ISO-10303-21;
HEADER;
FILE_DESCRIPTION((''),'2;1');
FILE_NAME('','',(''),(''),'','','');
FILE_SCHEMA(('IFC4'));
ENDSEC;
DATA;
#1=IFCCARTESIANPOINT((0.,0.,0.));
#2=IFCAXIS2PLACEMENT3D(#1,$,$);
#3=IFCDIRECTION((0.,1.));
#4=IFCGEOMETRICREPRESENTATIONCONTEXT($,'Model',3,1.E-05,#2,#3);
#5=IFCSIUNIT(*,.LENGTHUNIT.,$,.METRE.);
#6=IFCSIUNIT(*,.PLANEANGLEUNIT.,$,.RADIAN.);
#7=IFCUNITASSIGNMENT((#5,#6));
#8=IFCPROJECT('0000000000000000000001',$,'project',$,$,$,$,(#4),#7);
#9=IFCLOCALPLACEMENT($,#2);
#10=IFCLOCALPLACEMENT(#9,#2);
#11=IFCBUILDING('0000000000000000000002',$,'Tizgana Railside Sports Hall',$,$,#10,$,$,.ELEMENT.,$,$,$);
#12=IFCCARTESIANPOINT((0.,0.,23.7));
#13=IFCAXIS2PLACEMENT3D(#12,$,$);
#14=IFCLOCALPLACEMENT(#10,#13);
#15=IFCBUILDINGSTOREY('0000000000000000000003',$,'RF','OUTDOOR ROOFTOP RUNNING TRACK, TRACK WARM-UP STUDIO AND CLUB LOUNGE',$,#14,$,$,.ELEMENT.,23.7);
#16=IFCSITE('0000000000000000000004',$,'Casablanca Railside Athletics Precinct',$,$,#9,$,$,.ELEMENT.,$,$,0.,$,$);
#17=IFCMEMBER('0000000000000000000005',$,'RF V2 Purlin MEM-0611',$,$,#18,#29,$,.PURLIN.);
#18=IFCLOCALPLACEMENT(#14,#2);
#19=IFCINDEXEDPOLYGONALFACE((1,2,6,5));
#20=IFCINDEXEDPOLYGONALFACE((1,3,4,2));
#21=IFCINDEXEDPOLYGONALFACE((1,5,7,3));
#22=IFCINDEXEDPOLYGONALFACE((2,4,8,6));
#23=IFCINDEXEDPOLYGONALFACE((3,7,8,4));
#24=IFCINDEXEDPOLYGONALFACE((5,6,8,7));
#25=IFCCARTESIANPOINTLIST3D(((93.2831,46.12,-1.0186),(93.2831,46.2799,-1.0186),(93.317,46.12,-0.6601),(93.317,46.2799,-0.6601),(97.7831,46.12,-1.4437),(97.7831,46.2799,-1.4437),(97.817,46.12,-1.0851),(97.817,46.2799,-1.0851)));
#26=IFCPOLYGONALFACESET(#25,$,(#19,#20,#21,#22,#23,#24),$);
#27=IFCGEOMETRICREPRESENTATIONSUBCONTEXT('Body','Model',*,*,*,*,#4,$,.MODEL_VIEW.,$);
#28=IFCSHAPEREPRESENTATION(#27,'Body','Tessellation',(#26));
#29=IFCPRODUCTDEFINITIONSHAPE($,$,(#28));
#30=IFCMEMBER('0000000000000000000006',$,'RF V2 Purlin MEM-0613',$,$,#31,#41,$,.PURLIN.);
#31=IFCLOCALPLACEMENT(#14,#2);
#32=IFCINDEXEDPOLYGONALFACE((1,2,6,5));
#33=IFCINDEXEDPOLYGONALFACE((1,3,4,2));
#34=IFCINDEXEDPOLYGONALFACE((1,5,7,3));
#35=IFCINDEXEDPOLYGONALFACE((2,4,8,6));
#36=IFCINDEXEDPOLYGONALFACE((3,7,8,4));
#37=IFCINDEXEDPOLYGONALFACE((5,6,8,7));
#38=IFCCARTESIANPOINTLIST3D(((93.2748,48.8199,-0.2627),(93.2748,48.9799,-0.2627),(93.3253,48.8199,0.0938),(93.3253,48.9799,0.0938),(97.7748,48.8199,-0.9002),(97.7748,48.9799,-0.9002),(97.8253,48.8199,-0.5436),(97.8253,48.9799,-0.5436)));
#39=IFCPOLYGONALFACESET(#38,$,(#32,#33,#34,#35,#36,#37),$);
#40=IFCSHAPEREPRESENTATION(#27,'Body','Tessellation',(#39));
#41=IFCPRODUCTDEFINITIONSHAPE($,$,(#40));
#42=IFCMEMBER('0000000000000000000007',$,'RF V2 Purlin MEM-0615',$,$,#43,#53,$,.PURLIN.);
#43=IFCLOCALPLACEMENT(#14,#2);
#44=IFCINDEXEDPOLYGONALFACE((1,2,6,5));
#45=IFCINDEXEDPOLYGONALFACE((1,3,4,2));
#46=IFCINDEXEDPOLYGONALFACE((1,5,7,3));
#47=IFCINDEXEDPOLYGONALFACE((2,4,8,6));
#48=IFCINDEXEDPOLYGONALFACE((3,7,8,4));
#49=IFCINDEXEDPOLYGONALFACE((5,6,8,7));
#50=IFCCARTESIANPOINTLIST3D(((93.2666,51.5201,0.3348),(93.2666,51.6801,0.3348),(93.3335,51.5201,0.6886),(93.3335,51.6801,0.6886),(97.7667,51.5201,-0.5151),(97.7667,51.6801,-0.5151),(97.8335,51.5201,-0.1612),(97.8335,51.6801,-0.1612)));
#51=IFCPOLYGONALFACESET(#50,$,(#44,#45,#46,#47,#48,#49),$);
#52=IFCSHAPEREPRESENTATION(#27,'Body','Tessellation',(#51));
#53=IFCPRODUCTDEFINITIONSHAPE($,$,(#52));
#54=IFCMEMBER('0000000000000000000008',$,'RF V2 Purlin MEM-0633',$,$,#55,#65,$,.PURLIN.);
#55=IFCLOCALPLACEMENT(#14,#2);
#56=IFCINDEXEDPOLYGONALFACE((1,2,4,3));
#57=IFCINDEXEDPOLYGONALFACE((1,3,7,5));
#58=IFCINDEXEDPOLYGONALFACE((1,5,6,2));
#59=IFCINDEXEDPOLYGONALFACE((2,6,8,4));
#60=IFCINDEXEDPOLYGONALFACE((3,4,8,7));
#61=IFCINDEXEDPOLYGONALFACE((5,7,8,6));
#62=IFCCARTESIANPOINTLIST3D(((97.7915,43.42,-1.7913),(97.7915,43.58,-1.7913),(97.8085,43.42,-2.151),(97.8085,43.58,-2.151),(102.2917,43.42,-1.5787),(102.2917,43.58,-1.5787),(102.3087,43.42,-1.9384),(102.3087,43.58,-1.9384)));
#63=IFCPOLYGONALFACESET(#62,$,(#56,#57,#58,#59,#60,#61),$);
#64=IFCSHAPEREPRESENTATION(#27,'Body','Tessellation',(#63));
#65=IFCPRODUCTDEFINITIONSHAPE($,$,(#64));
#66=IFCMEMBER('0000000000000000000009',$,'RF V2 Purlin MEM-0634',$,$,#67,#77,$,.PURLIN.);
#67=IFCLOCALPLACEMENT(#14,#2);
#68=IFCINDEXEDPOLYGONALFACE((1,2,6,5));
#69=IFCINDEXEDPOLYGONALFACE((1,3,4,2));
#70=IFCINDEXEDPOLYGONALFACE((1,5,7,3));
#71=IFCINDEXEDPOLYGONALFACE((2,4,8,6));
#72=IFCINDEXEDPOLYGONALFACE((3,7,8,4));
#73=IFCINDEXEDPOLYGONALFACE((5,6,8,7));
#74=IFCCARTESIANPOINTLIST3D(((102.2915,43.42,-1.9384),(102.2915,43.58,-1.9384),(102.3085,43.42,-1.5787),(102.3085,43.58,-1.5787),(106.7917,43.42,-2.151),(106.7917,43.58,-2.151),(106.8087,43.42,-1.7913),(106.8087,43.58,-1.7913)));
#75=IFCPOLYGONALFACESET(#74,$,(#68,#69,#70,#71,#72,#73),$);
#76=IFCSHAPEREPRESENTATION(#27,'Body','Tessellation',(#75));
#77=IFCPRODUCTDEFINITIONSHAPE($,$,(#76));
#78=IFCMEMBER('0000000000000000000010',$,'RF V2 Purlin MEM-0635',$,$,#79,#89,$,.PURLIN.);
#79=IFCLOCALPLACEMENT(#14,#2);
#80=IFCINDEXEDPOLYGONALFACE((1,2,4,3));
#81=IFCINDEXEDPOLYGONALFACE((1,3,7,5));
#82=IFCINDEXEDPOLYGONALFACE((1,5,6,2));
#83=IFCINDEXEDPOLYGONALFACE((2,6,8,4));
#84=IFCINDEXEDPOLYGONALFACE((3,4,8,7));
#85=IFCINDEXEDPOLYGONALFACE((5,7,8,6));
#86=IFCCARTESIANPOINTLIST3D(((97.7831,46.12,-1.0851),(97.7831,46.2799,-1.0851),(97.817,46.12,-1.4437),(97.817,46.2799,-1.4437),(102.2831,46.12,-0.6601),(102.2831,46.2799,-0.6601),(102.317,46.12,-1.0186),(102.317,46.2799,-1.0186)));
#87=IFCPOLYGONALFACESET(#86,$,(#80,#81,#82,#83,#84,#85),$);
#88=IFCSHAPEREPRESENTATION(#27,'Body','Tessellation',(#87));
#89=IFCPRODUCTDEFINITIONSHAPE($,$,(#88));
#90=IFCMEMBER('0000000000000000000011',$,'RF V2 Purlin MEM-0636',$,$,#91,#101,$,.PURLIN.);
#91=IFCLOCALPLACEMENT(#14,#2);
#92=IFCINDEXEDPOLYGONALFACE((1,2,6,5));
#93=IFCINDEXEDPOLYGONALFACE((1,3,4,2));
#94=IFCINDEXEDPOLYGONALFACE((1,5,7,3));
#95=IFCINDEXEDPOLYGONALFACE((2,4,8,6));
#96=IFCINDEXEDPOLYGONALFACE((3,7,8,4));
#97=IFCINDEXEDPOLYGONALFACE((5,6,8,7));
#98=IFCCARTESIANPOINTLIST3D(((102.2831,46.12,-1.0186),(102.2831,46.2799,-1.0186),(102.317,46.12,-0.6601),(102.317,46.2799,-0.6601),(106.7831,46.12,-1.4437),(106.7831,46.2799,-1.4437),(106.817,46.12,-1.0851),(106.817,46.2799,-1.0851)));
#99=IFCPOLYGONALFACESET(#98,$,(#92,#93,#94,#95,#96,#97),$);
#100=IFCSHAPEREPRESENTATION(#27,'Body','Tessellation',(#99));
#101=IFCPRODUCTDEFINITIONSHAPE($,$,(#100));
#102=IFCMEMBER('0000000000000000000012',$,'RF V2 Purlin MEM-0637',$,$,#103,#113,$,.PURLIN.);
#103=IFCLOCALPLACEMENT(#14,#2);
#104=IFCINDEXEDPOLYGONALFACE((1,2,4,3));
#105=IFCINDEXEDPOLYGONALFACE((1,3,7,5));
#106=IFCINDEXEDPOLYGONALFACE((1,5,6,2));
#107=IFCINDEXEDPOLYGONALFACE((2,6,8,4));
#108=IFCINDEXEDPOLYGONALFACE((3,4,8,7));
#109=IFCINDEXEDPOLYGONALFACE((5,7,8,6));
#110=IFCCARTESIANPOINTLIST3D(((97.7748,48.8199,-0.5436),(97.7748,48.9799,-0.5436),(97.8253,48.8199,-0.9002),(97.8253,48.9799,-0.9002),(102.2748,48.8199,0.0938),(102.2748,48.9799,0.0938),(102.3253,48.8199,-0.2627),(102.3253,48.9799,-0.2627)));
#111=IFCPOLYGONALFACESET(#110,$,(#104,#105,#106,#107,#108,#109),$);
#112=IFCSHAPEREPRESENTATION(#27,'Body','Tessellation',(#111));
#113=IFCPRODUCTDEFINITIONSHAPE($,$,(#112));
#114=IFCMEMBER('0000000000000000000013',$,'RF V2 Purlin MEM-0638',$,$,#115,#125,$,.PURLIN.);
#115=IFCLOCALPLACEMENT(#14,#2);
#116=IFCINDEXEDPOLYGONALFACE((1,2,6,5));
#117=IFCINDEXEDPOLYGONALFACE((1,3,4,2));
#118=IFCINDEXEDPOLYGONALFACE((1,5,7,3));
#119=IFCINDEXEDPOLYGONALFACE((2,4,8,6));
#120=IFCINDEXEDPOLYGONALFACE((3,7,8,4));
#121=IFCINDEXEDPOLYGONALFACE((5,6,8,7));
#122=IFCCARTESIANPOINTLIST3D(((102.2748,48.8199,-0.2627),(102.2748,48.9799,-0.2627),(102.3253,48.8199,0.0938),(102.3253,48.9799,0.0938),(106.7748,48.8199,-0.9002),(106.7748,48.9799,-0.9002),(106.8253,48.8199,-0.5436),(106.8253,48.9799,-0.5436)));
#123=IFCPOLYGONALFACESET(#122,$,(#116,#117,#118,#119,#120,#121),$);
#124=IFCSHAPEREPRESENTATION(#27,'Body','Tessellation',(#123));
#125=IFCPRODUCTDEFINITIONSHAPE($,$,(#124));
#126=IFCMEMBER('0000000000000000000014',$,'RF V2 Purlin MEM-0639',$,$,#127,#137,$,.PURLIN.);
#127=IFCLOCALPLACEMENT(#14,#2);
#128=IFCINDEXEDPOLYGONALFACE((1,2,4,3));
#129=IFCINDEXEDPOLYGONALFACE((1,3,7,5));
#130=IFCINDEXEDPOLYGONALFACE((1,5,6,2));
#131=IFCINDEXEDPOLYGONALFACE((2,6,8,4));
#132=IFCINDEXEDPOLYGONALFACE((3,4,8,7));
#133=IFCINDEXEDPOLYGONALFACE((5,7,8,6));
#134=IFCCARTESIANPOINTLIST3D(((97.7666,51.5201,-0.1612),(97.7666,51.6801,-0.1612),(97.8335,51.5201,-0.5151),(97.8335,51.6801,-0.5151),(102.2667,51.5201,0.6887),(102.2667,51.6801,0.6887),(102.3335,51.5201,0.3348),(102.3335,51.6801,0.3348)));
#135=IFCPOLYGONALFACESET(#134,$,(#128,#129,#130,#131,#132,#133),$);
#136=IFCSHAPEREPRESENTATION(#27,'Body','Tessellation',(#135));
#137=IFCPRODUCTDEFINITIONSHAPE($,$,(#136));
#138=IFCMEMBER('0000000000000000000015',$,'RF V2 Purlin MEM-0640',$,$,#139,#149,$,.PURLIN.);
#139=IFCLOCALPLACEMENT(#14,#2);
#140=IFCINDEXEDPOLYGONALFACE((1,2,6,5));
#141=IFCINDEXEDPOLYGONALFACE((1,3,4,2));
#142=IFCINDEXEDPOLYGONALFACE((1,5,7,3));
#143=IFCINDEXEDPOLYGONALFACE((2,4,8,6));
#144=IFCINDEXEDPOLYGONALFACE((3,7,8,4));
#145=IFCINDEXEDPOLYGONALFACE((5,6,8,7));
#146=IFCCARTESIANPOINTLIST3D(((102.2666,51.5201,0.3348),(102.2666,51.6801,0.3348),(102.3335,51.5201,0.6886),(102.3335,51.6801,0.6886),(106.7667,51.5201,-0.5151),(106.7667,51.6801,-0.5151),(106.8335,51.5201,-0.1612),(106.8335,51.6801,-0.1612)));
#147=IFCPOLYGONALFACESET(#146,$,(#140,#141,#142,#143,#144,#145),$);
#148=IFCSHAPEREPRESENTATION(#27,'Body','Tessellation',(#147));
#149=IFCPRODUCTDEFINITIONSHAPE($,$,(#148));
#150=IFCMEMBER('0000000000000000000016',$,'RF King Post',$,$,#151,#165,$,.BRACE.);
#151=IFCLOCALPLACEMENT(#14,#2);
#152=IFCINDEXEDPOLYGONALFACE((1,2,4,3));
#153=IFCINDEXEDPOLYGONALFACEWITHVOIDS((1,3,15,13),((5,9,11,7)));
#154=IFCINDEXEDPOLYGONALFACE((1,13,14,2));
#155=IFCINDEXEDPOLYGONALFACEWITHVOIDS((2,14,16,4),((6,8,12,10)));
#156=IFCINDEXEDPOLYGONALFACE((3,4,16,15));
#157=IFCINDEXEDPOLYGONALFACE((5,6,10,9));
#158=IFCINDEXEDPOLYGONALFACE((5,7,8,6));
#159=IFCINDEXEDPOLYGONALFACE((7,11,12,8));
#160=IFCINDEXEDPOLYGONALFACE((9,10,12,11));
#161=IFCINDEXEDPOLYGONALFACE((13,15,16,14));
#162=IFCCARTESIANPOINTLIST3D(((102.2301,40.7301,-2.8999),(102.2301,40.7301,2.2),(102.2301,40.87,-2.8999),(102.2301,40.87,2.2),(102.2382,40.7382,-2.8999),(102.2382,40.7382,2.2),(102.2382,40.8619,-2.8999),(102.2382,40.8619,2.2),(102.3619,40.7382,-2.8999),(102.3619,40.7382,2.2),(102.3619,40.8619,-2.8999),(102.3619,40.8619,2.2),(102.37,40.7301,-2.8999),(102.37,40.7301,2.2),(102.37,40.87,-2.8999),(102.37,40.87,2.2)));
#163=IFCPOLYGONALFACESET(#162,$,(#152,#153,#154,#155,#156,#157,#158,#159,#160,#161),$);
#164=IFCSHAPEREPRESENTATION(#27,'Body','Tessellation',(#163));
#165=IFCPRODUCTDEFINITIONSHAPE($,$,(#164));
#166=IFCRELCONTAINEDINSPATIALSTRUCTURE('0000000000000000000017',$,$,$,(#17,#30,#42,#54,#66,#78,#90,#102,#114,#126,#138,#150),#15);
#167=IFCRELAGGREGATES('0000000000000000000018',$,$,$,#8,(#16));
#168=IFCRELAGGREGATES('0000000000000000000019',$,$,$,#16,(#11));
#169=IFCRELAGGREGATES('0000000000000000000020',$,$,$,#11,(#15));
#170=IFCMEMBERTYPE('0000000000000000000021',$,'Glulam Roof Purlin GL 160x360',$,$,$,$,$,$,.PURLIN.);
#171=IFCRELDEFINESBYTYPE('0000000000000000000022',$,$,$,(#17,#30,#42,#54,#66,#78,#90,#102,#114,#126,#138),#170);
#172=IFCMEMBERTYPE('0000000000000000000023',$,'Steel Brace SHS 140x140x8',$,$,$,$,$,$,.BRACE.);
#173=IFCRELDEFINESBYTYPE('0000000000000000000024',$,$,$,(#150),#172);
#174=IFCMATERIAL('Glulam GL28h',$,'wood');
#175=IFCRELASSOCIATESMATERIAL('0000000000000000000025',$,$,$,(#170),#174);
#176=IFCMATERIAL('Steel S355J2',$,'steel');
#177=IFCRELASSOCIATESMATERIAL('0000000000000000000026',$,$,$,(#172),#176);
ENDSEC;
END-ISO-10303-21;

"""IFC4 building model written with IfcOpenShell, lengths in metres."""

from ifc_helpers import new_model, si_unit, direction, frame, origin, origin_2d, place, context, subcontext, project, spatial, rectangle, hollow_rectangle, extrude, material, material_profile, profile_set, type_object, element, save


model = new_model("IFC4")

# Units and contexts
model_context = context("Model", 3, precision=1e-05, world=origin(), true_north=direction((0.0, 1.0)))
body_context = subcontext(model_context, "Body", "Model", "MODEL_VIEW")
ifc_project = project(units=[si_unit("LENGTHUNIT", "METRE"), si_unit("PLANEANGLEUNIT", "RADIAN")], contexts=[model_context])

# Site, building, storey
site_placement = place(None, origin())
site = spatial("IfcSite", under=ifc_project, at=site_placement, Name="Casablanca Railside Athletics Precinct", CompositionType="ELEMENT", RefElevation=0.0)
building_placement = place(site_placement, origin())
building = spatial("IfcBuilding", under=site, at=building_placement, Name="Tizgana Railside Sports Hall", CompositionType="ELEMENT")
storey_placement = place(building_placement, frame((0.0, 0.0, 23.7)))
storey = spatial("IfcBuildingStorey", under=building, at=storey_placement, Name="RF", Description="OUTDOOR ROOFTOP RUNNING TRACK, TRACK WARM-UP STUDIO AND CLUB LOUNGE", CompositionType="ELEMENT", Elevation=23.7)

# Members
ifc_material_1 = material(Name="Glulam GL28h", Category="wood")
ifc_material_profile_1 = material_profile(ifc_material_1, rectangle(XDim=0.1599, YDim=0.3601, at=origin_2d()), Name="GL 160x360")
ifc_profile_set_1 = profile_set([ifc_material_profile_1], Name="Glulam GL28h")
member_type_1 = type_object("IfcMemberType", Name="Glulam Roof Purlin GL 160x360", PredefinedType="PURLIN", material=ifc_profile_set_1)
member_1_placement = place(storey_placement, frame((93.3, 46.2, -0.8394), z_axis=(0.995569, 0.0, -0.094037), x_axis=(0.0, 1.0, 0.0)))
element("IfcMember", 1, at=member_1_placement, inside=storey, type_object=member_type_1, Name="RF V2 Purlin MEM-0611", PredefinedType="PURLIN", context=body_context, shape_type="SweptSolid", body=[
    extrude(rectangle(XDim=0.1599, YDim=0.3601, at=origin_2d()), origin(), (0.0, 0.0, 1.0), 4.52),
])
member_2_placement = place(storey_placement, frame((93.3, 48.8999, -0.0845), z_axis=(0.990115, 0.0, -0.140256), x_axis=(0.0, 1.0, 0.0)))
element("IfcMember", 2, at=member_2_placement, inside=storey, type_object=member_type_1, Name="RF V2 Purlin MEM-0613", PredefinedType="PURLIN", context=body_context, shape_type="SweptSolid", body=[
    extrude(rectangle(XDim=0.1599, YDim=0.3601, at=origin_2d()), origin(), (0.0, 0.0, 1.0), 4.5449),
])
member_3_placement = place(storey_placement, frame((93.3, 51.6001, 0.5117), z_axis=(0.98263, 0.0, -0.185576), x_axis=(0.0, 1.0, 0.0)))
element("IfcMember", 3, at=member_3_placement, inside=storey, type_object=member_type_1, Name="RF V2 Purlin MEM-0615", PredefinedType="PURLIN", context=body_context, shape_type="SweptSolid", body=[
    extrude(rectangle(XDim=0.1599, YDim=0.3601, at=origin_2d()), origin(), (0.0, 0.0, 1.0), 4.5796),
])
for number, where, z_axis, x_axis, name in (
    (4, (97.8, 43.5, -1.9712), (0.998885, 0.0, 0.047202), (0.0, 1.0, 0.0), "RF V2 Purlin MEM-0633"),
    (5, (102.3, 43.5, -1.7585), (0.998885, 0.0, -0.047202), (0.0, 1.0, 0.0), "RF V2 Purlin MEM-0634"),
):
    element("IfcMember", number, at=place(storey_placement, frame(where, z_axis=z_axis, x_axis=x_axis)), inside=storey, type_object=member_type_1, Name=name, PredefinedType="PURLIN", context=body_context, shape_type="SweptSolid", body=[
        extrude(rectangle(XDim=0.1599, YDim=0.3601, at=origin_2d()), origin(), (0.0, 0.0, 1.0), 4.5051),
    ])
for number, where, z_axis, x_axis, name in (
    (6, (97.8, 46.2, -1.2644), (0.995569, 0.0, 0.094037), (0.0, 1.0, 0.0), "RF V2 Purlin MEM-0635"),
    (7, (102.3, 46.2, -0.8394), (0.995569, 0.0, -0.094037), (0.0, 1.0, 0.0), "RF V2 Purlin MEM-0636"),
):
    element("IfcMember", number, at=place(storey_placement, frame(where, z_axis=z_axis, x_axis=x_axis)), inside=storey, type_object=member_type_1, Name=name, PredefinedType="PURLIN", context=body_context, shape_type="SweptSolid", body=[
        extrude(rectangle(XDim=0.1599, YDim=0.3601, at=origin_2d()), origin(), (0.0, 0.0, 1.0), 4.52),
    ])
for number, where, z_axis, x_axis, name in (
    (8, (97.8, 48.8999, -0.7219), (0.990115, 0.0, 0.140256), (0.0, 1.0, 0.0), "RF V2 Purlin MEM-0637"),
    (9, (102.3, 48.8999, -0.0845), (0.990115, 0.0, -0.140256), (0.0, 1.0, 0.0), "RF V2 Purlin MEM-0638"),
):
    element("IfcMember", number, at=place(storey_placement, frame(where, z_axis=z_axis, x_axis=x_axis)), inside=storey, type_object=member_type_1, Name=name, PredefinedType="PURLIN", context=body_context, shape_type="SweptSolid", body=[
        extrude(rectangle(XDim=0.1599, YDim=0.3601, at=origin_2d()), origin(), (0.0, 0.0, 1.0), 4.5449),
    ])
for number, where, z_axis, x_axis, name in (
    (10, (97.8, 51.6001, -0.3381), (0.98263, 0.0, 0.185576), (0.0, 1.0, 0.0), "RF V2 Purlin MEM-0639"),
    (11, (102.3, 51.6001, 0.5117), (0.98263, 0.0, -0.185576), (0.0, 1.0, 0.0), "RF V2 Purlin MEM-0640"),
):
    element("IfcMember", number, at=place(storey_placement, frame(where, z_axis=z_axis, x_axis=x_axis)), inside=storey, type_object=member_type_1, Name=name, PredefinedType="PURLIN", context=body_context, shape_type="SweptSolid", body=[
        extrude(rectangle(XDim=0.1599, YDim=0.3601, at=origin_2d()), origin(), (0.0, 0.0, 1.0), 4.5796),
    ])
ifc_material_2 = material(Name="Steel S355J2", Category="steel")
ifc_material_profile_2 = material_profile(ifc_material_2, hollow_rectangle(XDim=0.1399, YDim=0.1399, WallThickness=0.0081, at=origin_2d()), Name="SHS 140x140x8")
ifc_profile_set_2 = profile_set([ifc_material_profile_2], Name="Steel S355J2")
member_type_2 = type_object("IfcMemberType", Name="Steel Brace SHS 140x140x8", PredefinedType="BRACE", material=ifc_profile_set_2)
member_4_placement = place(storey_placement, frame((102.3, 40.8, -2.8999), z_axis=(0.0, 0.0, 1.0), x_axis=(1.0, 0.0, 0.0)))
element("IfcMember", 12, at=member_4_placement, inside=storey, type_object=member_type_2, Name="RF King Post", PredefinedType="BRACE", context=body_context, shape_type="SweptSolid", body=[
    extrude(hollow_rectangle(XDim=0.1399, YDim=0.1399, WallThickness=0.0081, at=origin_2d()), origin(), (0.0, 0.0, 1.0), 5.0999),
])

save(model, "model.ifc")
